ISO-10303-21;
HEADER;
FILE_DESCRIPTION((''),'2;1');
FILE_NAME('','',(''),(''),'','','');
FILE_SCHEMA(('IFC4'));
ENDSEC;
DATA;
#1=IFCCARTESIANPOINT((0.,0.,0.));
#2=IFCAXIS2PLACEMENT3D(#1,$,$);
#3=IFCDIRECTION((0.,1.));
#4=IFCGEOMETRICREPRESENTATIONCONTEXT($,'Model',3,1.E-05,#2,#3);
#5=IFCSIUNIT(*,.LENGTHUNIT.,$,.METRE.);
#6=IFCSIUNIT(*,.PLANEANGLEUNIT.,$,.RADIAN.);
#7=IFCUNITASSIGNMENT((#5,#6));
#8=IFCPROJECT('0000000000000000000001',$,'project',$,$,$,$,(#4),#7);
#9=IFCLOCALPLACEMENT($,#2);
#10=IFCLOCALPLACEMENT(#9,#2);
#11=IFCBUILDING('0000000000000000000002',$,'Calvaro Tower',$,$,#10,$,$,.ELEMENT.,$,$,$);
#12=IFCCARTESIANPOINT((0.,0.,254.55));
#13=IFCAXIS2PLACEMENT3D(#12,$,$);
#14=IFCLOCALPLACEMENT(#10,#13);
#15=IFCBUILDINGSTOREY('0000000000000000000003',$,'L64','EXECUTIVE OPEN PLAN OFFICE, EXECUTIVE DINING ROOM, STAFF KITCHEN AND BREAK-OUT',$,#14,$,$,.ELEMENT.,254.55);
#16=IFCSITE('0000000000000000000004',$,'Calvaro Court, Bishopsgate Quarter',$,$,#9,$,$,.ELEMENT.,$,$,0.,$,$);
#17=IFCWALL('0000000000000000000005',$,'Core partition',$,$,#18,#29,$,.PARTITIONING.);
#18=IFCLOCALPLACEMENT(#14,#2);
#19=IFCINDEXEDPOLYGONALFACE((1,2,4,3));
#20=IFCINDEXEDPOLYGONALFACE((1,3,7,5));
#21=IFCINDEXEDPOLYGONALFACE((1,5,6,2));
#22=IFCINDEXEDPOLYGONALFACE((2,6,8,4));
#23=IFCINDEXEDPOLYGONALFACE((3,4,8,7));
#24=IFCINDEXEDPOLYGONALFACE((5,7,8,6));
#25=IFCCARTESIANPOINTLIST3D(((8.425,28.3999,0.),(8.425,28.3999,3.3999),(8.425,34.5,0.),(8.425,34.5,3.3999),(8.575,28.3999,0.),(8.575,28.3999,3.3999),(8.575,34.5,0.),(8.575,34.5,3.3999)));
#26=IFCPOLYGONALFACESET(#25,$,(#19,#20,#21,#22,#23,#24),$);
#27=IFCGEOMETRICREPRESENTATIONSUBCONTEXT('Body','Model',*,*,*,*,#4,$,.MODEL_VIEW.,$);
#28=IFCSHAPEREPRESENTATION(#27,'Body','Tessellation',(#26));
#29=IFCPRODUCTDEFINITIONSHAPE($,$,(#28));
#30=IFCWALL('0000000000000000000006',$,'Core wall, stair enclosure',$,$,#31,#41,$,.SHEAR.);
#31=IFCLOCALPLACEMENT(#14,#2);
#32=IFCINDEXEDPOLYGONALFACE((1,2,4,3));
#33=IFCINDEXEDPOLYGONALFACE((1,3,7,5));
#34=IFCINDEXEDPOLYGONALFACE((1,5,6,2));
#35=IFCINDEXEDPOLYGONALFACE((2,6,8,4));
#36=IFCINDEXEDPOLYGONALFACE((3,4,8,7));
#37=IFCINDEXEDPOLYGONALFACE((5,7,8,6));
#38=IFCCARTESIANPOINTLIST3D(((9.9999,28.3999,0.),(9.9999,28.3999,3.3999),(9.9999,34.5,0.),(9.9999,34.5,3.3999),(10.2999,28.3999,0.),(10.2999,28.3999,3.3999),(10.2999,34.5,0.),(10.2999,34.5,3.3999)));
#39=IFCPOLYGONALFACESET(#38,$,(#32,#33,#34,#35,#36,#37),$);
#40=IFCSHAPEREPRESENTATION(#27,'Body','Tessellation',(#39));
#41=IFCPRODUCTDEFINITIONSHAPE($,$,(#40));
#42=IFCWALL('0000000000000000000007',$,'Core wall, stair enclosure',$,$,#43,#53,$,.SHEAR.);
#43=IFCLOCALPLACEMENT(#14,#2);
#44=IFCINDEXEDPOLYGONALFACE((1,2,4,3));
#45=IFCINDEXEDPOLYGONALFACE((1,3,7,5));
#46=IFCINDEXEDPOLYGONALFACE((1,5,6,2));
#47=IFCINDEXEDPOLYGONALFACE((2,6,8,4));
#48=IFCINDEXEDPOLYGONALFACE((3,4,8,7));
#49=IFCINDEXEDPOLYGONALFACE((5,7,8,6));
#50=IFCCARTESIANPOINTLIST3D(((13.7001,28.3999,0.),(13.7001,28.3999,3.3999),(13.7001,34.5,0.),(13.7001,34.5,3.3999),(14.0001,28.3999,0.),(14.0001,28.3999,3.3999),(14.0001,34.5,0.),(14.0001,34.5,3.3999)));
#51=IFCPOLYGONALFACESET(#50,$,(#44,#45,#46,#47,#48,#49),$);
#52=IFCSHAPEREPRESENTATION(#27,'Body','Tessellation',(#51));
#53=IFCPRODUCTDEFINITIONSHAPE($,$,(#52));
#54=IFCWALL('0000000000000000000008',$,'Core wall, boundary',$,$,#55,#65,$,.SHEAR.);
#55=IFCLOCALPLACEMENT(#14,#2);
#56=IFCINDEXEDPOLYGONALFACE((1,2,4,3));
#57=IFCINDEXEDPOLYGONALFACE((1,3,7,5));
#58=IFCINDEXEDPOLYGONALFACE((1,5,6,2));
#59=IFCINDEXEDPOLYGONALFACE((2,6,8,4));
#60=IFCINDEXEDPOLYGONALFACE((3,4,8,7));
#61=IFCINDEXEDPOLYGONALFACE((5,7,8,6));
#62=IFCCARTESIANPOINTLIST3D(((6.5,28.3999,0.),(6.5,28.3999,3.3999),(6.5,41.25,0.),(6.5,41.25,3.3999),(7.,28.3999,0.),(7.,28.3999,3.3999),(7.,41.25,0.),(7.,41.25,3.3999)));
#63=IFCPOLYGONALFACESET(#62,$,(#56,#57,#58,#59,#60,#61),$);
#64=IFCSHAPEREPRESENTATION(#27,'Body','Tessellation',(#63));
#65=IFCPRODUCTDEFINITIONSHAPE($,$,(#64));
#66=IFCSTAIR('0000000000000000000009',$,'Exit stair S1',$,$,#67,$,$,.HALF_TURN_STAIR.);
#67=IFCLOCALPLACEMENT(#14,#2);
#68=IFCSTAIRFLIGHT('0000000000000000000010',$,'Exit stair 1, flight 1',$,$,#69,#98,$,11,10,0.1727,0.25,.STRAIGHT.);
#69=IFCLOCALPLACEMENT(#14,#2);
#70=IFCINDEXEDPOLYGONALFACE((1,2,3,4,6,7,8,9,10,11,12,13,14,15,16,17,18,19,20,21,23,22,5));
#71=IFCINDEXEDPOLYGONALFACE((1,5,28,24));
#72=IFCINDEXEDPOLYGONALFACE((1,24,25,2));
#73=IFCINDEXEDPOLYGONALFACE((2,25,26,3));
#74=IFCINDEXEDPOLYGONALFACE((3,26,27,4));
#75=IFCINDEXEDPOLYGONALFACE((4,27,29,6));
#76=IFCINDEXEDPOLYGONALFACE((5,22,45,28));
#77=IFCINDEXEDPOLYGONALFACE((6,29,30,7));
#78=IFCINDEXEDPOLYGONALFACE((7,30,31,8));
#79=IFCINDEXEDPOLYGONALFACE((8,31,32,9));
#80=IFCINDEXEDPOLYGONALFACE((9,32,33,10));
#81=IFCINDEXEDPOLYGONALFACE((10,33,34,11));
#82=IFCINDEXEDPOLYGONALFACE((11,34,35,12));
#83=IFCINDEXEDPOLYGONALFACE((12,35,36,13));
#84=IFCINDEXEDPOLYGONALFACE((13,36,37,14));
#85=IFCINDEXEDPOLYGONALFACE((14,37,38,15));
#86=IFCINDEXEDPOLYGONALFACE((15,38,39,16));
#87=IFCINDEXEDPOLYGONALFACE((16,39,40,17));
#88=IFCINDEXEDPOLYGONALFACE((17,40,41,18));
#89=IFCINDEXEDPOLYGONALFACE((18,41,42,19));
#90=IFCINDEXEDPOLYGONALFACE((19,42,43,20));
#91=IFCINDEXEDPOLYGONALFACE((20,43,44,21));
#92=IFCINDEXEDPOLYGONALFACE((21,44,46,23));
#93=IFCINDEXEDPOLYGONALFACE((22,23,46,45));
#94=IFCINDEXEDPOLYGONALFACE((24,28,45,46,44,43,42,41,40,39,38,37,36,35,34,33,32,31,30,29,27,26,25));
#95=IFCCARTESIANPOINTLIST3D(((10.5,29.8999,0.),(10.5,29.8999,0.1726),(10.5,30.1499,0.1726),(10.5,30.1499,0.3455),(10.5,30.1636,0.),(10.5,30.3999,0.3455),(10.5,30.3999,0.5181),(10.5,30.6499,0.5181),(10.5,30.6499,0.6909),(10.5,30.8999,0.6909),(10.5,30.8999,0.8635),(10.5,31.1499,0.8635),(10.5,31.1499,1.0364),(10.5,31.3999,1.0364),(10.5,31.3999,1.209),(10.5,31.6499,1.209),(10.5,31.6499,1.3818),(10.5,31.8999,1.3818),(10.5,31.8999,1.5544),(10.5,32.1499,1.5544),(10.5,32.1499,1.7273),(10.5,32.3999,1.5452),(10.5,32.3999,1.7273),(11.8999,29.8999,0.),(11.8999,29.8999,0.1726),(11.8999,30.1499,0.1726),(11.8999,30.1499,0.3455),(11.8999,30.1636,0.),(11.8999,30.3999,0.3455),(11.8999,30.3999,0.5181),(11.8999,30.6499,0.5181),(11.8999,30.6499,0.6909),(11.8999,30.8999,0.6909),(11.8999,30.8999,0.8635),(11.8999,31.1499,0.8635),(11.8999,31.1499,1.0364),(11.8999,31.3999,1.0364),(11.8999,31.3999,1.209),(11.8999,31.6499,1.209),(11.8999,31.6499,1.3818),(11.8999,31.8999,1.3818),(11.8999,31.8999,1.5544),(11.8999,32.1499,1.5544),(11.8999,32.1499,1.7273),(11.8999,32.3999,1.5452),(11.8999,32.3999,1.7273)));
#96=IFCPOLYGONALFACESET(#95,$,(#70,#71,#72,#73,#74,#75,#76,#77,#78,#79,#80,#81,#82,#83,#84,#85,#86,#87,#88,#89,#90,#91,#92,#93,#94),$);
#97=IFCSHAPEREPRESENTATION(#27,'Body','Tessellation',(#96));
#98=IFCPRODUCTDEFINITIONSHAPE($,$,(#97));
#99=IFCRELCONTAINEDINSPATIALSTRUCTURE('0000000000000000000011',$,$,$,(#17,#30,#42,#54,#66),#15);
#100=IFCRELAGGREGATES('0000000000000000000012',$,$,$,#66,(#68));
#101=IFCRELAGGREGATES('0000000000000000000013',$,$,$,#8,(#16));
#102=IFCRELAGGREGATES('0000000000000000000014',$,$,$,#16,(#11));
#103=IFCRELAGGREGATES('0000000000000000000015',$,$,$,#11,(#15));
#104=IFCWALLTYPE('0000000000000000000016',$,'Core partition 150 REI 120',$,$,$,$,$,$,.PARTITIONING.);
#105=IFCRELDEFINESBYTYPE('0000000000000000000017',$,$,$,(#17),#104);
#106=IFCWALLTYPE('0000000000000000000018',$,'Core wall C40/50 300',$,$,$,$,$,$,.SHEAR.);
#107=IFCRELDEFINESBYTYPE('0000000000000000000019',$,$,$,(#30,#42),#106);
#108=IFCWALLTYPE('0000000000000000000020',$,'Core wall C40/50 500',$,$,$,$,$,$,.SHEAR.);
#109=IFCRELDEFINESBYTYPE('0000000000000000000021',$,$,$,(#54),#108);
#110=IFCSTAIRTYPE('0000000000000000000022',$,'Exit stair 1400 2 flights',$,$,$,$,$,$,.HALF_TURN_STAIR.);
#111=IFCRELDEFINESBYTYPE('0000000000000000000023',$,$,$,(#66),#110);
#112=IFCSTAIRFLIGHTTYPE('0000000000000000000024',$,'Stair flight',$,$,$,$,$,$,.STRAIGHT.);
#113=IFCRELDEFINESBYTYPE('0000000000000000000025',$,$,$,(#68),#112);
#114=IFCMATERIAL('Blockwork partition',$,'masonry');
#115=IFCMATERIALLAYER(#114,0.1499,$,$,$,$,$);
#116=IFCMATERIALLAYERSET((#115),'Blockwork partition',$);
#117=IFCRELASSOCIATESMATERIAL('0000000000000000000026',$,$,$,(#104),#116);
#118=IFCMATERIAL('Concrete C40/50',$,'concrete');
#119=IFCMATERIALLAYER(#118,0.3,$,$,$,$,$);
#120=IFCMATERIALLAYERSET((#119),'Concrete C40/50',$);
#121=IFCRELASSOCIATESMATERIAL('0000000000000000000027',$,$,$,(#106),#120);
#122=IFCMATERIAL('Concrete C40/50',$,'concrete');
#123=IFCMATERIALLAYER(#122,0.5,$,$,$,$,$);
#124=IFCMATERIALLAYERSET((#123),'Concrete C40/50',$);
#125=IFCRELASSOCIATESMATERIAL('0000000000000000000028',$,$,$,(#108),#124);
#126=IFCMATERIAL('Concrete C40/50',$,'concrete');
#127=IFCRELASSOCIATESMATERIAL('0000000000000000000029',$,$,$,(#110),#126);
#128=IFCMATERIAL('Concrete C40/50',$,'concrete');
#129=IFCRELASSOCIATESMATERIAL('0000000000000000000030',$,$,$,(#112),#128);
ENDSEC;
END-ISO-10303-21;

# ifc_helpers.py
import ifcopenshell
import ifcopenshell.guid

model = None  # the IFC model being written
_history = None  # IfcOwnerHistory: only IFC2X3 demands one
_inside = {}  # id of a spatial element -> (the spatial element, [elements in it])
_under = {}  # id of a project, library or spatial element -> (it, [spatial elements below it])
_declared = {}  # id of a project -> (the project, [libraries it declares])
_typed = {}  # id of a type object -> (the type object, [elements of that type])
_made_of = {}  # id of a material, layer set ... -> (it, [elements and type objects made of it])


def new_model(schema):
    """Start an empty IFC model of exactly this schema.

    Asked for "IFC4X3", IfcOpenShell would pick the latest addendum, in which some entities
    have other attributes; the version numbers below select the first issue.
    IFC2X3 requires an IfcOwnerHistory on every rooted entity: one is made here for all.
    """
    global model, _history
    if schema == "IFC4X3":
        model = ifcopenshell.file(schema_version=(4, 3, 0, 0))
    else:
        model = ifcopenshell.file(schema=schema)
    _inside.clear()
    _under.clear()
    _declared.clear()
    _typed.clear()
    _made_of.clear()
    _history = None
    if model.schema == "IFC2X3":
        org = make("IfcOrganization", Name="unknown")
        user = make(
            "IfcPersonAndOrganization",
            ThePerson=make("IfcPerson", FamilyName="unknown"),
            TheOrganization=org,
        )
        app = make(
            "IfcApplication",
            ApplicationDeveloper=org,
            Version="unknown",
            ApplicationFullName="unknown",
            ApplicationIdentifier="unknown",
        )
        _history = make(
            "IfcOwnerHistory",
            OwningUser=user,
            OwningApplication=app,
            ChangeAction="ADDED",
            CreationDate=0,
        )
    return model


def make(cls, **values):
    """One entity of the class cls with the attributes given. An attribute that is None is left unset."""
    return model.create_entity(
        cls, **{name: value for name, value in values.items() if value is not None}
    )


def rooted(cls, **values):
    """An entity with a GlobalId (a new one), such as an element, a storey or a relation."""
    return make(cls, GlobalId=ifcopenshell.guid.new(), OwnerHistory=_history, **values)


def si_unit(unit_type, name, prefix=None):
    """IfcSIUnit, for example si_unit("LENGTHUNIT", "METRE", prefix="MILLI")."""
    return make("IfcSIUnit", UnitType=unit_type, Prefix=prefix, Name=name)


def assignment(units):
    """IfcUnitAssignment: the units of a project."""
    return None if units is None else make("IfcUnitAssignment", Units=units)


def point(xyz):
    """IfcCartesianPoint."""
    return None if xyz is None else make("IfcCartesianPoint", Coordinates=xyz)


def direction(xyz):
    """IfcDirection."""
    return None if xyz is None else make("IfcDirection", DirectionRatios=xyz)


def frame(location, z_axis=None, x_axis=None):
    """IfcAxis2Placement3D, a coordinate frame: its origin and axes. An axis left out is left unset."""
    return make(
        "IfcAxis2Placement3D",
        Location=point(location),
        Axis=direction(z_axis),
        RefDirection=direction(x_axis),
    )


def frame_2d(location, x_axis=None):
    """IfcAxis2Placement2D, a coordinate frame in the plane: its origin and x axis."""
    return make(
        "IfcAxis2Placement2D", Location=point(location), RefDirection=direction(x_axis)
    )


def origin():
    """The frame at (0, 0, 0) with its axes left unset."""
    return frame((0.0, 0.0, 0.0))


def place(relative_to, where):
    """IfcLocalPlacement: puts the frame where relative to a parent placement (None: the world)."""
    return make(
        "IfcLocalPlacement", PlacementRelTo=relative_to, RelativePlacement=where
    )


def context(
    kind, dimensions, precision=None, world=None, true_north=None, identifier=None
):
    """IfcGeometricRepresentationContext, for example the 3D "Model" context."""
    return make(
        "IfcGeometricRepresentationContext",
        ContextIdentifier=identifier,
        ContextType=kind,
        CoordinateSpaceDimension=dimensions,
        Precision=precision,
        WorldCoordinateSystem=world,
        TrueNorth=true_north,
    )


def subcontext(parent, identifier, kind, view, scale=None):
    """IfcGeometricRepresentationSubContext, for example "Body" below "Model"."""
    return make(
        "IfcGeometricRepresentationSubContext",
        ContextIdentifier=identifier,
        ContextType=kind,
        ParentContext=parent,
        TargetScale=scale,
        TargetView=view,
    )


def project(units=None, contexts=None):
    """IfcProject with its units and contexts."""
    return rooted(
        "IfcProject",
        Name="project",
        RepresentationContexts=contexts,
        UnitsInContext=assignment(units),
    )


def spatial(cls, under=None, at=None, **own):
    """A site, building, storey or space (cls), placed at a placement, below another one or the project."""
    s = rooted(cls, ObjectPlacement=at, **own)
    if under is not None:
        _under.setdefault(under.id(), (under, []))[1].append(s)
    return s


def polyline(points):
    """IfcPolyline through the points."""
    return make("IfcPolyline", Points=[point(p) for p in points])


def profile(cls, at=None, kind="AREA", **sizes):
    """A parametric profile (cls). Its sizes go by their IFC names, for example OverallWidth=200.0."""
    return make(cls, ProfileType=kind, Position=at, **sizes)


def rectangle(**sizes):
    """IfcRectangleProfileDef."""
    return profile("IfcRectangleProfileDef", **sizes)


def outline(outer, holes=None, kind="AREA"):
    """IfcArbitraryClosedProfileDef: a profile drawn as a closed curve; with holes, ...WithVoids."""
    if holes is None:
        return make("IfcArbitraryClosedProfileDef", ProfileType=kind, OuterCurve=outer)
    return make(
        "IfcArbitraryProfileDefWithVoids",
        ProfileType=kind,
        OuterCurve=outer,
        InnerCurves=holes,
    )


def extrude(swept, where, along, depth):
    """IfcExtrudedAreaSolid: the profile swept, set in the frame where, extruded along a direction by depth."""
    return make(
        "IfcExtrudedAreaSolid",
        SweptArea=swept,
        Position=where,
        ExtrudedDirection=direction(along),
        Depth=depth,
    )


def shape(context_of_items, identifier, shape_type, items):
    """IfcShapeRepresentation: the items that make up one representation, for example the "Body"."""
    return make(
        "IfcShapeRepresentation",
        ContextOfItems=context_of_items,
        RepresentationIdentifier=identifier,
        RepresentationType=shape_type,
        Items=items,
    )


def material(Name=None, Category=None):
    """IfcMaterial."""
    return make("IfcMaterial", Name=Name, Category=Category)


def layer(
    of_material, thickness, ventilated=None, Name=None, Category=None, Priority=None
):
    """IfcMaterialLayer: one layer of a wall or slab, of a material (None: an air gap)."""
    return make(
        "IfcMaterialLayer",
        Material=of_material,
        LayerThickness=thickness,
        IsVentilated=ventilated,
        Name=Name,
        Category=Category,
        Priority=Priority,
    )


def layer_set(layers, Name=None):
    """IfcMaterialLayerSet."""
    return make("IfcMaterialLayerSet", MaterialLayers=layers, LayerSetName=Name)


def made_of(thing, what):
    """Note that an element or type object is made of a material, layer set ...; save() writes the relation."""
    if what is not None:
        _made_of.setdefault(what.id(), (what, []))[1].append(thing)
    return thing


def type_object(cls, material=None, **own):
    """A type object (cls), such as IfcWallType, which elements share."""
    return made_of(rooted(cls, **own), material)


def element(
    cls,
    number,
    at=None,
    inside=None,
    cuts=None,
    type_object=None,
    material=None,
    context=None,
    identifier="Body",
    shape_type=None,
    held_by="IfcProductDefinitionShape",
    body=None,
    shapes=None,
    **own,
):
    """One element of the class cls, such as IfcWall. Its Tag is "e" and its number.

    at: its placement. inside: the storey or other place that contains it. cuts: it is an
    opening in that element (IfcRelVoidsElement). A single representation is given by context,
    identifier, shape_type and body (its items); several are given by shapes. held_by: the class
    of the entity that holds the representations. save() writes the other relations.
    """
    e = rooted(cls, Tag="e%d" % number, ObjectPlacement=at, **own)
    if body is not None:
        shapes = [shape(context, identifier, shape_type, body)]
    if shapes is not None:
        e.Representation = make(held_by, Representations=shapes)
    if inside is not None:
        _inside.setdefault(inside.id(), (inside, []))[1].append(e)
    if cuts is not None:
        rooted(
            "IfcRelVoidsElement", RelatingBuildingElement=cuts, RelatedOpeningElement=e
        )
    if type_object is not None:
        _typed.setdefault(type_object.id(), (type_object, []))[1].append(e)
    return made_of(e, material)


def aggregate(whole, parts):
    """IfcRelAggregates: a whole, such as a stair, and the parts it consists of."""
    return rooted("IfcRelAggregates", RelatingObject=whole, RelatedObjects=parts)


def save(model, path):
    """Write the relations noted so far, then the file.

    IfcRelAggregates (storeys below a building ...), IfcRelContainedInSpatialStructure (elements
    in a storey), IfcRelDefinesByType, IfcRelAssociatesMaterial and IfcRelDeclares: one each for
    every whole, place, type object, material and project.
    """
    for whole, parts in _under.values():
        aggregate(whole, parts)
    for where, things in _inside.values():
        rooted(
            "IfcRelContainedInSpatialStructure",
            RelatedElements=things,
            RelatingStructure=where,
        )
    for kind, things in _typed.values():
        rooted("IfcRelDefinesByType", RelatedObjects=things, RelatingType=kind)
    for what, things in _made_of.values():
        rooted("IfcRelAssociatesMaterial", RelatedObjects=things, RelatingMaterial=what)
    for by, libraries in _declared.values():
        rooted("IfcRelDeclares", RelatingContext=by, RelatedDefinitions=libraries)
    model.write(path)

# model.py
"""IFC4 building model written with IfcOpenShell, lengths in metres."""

from ifc_helpers import new_model, si_unit, direction, frame, frame_2d, origin, place, context, subcontext, project, spatial, polyline, rectangle, outline, extrude, material, layer, layer_set, type_object, element, aggregate, save


model = new_model("IFC4")

# Units and contexts
model_context = context("Model", 3, precision=1e-05, world=origin(), true_north=direction((0.0, 1.0)))
body_context = subcontext(model_context, "Body", "Model", "MODEL_VIEW")
ifc_project = project(units=[si_unit("LENGTHUNIT", "METRE"), si_unit("PLANEANGLEUNIT", "RADIAN")], contexts=[model_context])

# Site, building, storey
site_placement = place(None, origin())
site = spatial("IfcSite", under=ifc_project, at=site_placement, Name="Calvaro Court, Bishopsgate Quarter", CompositionType="ELEMENT", RefElevation=0.0)
building_placement = place(site_placement, origin())
building = spatial("IfcBuilding", under=site, at=building_placement, Name="Calvaro Tower", CompositionType="ELEMENT")
storey_placement = place(building_placement, frame((0.0, 0.0, 254.55)))
storey = spatial("IfcBuildingStorey", under=building, at=storey_placement, Name="L64", Description="EXECUTIVE OPEN PLAN OFFICE, EXECUTIVE DINING ROOM, STAFF KITCHEN AND BREAK-OUT", CompositionType="ELEMENT", Elevation=254.55)

# Walls
ifc_material_1 = material(Name="Blockwork partition", Category="masonry")
ifc_layer_1 = layer(ifc_material_1, 0.1499)
ifc_layer_set_1 = layer_set([ifc_layer_1], Name="Blockwork partition")
wall_type_1 = type_object("IfcWallType", Name="Core partition 150 REI 120", PredefinedType="PARTITIONING", material=ifc_layer_set_1)
wall_1_placement = place(storey_placement, frame((8.5, 28.3999, 0.0), z_axis=(0.0, 0.0, 1.0), x_axis=(0.0, 1.0, 0.0)))
element("IfcWall", 1, at=wall_1_placement, inside=storey, type_object=wall_type_1, Name="Core partition", PredefinedType="PARTITIONING", context=body_context, shape_type="SweptSolid", body=[
    extrude(rectangle(XDim=6.1001, YDim=0.1499, at=frame_2d((3.05, 0.0))), origin(), (0.0, 0.0, 1.0), 3.3999),
])
ifc_material_2 = material(Name="Concrete C40/50", Category="concrete")
ifc_layer_2 = layer(ifc_material_2, 0.3)
ifc_layer_set_2 = layer_set([ifc_layer_2], Name="Concrete C40/50")
wall_type_2 = type_object("IfcWallType", Name="Core wall C40/50 300", PredefinedType="SHEAR", material=ifc_layer_set_2)
for number, where, z_axis, x_axis, name in (
    (2, (10.1499, 28.3999, 0.0), (0.0, 0.0, 1.0), (0.0, 1.0, 0.0), "Core wall, stair enclosure"),
    (3, (13.8501, 28.3999, 0.0), (0.0, 0.0, 1.0), (0.0, 1.0, 0.0), "Core wall, stair enclosure"),
):
    element("IfcWall", number, at=place(storey_placement, frame(where, z_axis=z_axis, x_axis=x_axis)), inside=storey, type_object=wall_type_2, Name=name, PredefinedType="SHEAR", context=body_context, shape_type="SweptSolid", body=[
        extrude(rectangle(XDim=6.1001, YDim=0.3, at=frame_2d((3.05, 0.0))), origin(), (0.0, 0.0, 1.0), 3.3999),
    ])

# Wall
ifc_material_3 = material(Name="Concrete C40/50", Category="concrete")
ifc_layer_3 = layer(ifc_material_3, 0.5)
ifc_layer_set_3 = layer_set([ifc_layer_3], Name="Concrete C40/50")
wall_type_3 = type_object("IfcWallType", Name="Core wall C40/50 500", PredefinedType="SHEAR", material=ifc_layer_set_3)
wall_2_placement = place(storey_placement, frame((6.75, 28.3999, 0.0), z_axis=(0.0, 0.0, 1.0), x_axis=(0.0, 1.0, 0.0)))
element("IfcWall", 4, at=wall_2_placement, inside=storey, type_object=wall_type_3, Name="Core wall, boundary", PredefinedType="SHEAR", context=body_context, shape_type="SweptSolid", body=[
    extrude(rectangle(XDim=12.8501, YDim=0.5, at=frame_2d((6.425, 0.0))), origin(), (0.0, 0.0, 1.0), 3.3999),
])

# Stair, stair flight
ifc_material_4 = material(Name="Concrete C40/50", Category="concrete")
stair_type = type_object("IfcStairType", Name="Exit stair 1400 2 flights", PredefinedType="HALF_TURN_STAIR", material=ifc_material_4)
stair_placement = place(storey_placement, origin())
stair = element("IfcStair", 5, at=stair_placement, inside=storey, type_object=stair_type, Name="Exit stair S1", PredefinedType="HALF_TURN_STAIR")
ifc_material_5 = material(Name="Concrete C40/50", Category="concrete")
stair_flight_type = type_object("IfcStairFlightType", Name="Stair flight", PredefinedType="STRAIGHT", material=ifc_material_5)
stair_flight_placement = place(storey_placement, frame((11.2, 29.8999, 0.0), z_axis=(0.0, 0.0, 1.0), x_axis=(0.0, 1.0, 0.0)))
stair_flight = element("IfcStairFlight", 6, at=stair_flight_placement, type_object=stair_flight_type, Name="Exit stair 1, flight 1", NumberOfRisers=11, NumberOfTreads=10, PredefinedType="STRAIGHT", RiserHeight=0.1727, TreadLength=0.25, context=body_context, shape_type="SweptSolid", body=[
    extrude(outline(polyline([(0.0, 0.0), (0.0, 0.1726), (0.25, 0.1726), (0.25, 0.3455), (0.5, 0.3455), (0.5, 0.5181), (0.75, 0.5181), (0.75, 0.6909), (1.0, 0.6909), (1.0, 0.8635), (1.25, 0.8635), (1.25, 1.0364), (1.5, 1.0364), (1.5, 1.209), (1.75, 1.209), (1.75, 1.3818), (2.0, 1.3818), (2.0, 1.5544), (2.25, 1.5544), (2.25, 1.7273), (2.5, 1.7273), (2.5, 1.8999), (2.5, 1.5452), (0.2637, 0.0), (0.0, 0.0)])), frame((0.0, 0.7, 0.0), z_axis=(0.0, -1.0, 0.0), x_axis=(1.0, 0.0, 0.0)), (0.0, 0.0, 1.0), 1.3999),
])
aggregate(stair, [stair_flight])

save(model, "model.ifc")
